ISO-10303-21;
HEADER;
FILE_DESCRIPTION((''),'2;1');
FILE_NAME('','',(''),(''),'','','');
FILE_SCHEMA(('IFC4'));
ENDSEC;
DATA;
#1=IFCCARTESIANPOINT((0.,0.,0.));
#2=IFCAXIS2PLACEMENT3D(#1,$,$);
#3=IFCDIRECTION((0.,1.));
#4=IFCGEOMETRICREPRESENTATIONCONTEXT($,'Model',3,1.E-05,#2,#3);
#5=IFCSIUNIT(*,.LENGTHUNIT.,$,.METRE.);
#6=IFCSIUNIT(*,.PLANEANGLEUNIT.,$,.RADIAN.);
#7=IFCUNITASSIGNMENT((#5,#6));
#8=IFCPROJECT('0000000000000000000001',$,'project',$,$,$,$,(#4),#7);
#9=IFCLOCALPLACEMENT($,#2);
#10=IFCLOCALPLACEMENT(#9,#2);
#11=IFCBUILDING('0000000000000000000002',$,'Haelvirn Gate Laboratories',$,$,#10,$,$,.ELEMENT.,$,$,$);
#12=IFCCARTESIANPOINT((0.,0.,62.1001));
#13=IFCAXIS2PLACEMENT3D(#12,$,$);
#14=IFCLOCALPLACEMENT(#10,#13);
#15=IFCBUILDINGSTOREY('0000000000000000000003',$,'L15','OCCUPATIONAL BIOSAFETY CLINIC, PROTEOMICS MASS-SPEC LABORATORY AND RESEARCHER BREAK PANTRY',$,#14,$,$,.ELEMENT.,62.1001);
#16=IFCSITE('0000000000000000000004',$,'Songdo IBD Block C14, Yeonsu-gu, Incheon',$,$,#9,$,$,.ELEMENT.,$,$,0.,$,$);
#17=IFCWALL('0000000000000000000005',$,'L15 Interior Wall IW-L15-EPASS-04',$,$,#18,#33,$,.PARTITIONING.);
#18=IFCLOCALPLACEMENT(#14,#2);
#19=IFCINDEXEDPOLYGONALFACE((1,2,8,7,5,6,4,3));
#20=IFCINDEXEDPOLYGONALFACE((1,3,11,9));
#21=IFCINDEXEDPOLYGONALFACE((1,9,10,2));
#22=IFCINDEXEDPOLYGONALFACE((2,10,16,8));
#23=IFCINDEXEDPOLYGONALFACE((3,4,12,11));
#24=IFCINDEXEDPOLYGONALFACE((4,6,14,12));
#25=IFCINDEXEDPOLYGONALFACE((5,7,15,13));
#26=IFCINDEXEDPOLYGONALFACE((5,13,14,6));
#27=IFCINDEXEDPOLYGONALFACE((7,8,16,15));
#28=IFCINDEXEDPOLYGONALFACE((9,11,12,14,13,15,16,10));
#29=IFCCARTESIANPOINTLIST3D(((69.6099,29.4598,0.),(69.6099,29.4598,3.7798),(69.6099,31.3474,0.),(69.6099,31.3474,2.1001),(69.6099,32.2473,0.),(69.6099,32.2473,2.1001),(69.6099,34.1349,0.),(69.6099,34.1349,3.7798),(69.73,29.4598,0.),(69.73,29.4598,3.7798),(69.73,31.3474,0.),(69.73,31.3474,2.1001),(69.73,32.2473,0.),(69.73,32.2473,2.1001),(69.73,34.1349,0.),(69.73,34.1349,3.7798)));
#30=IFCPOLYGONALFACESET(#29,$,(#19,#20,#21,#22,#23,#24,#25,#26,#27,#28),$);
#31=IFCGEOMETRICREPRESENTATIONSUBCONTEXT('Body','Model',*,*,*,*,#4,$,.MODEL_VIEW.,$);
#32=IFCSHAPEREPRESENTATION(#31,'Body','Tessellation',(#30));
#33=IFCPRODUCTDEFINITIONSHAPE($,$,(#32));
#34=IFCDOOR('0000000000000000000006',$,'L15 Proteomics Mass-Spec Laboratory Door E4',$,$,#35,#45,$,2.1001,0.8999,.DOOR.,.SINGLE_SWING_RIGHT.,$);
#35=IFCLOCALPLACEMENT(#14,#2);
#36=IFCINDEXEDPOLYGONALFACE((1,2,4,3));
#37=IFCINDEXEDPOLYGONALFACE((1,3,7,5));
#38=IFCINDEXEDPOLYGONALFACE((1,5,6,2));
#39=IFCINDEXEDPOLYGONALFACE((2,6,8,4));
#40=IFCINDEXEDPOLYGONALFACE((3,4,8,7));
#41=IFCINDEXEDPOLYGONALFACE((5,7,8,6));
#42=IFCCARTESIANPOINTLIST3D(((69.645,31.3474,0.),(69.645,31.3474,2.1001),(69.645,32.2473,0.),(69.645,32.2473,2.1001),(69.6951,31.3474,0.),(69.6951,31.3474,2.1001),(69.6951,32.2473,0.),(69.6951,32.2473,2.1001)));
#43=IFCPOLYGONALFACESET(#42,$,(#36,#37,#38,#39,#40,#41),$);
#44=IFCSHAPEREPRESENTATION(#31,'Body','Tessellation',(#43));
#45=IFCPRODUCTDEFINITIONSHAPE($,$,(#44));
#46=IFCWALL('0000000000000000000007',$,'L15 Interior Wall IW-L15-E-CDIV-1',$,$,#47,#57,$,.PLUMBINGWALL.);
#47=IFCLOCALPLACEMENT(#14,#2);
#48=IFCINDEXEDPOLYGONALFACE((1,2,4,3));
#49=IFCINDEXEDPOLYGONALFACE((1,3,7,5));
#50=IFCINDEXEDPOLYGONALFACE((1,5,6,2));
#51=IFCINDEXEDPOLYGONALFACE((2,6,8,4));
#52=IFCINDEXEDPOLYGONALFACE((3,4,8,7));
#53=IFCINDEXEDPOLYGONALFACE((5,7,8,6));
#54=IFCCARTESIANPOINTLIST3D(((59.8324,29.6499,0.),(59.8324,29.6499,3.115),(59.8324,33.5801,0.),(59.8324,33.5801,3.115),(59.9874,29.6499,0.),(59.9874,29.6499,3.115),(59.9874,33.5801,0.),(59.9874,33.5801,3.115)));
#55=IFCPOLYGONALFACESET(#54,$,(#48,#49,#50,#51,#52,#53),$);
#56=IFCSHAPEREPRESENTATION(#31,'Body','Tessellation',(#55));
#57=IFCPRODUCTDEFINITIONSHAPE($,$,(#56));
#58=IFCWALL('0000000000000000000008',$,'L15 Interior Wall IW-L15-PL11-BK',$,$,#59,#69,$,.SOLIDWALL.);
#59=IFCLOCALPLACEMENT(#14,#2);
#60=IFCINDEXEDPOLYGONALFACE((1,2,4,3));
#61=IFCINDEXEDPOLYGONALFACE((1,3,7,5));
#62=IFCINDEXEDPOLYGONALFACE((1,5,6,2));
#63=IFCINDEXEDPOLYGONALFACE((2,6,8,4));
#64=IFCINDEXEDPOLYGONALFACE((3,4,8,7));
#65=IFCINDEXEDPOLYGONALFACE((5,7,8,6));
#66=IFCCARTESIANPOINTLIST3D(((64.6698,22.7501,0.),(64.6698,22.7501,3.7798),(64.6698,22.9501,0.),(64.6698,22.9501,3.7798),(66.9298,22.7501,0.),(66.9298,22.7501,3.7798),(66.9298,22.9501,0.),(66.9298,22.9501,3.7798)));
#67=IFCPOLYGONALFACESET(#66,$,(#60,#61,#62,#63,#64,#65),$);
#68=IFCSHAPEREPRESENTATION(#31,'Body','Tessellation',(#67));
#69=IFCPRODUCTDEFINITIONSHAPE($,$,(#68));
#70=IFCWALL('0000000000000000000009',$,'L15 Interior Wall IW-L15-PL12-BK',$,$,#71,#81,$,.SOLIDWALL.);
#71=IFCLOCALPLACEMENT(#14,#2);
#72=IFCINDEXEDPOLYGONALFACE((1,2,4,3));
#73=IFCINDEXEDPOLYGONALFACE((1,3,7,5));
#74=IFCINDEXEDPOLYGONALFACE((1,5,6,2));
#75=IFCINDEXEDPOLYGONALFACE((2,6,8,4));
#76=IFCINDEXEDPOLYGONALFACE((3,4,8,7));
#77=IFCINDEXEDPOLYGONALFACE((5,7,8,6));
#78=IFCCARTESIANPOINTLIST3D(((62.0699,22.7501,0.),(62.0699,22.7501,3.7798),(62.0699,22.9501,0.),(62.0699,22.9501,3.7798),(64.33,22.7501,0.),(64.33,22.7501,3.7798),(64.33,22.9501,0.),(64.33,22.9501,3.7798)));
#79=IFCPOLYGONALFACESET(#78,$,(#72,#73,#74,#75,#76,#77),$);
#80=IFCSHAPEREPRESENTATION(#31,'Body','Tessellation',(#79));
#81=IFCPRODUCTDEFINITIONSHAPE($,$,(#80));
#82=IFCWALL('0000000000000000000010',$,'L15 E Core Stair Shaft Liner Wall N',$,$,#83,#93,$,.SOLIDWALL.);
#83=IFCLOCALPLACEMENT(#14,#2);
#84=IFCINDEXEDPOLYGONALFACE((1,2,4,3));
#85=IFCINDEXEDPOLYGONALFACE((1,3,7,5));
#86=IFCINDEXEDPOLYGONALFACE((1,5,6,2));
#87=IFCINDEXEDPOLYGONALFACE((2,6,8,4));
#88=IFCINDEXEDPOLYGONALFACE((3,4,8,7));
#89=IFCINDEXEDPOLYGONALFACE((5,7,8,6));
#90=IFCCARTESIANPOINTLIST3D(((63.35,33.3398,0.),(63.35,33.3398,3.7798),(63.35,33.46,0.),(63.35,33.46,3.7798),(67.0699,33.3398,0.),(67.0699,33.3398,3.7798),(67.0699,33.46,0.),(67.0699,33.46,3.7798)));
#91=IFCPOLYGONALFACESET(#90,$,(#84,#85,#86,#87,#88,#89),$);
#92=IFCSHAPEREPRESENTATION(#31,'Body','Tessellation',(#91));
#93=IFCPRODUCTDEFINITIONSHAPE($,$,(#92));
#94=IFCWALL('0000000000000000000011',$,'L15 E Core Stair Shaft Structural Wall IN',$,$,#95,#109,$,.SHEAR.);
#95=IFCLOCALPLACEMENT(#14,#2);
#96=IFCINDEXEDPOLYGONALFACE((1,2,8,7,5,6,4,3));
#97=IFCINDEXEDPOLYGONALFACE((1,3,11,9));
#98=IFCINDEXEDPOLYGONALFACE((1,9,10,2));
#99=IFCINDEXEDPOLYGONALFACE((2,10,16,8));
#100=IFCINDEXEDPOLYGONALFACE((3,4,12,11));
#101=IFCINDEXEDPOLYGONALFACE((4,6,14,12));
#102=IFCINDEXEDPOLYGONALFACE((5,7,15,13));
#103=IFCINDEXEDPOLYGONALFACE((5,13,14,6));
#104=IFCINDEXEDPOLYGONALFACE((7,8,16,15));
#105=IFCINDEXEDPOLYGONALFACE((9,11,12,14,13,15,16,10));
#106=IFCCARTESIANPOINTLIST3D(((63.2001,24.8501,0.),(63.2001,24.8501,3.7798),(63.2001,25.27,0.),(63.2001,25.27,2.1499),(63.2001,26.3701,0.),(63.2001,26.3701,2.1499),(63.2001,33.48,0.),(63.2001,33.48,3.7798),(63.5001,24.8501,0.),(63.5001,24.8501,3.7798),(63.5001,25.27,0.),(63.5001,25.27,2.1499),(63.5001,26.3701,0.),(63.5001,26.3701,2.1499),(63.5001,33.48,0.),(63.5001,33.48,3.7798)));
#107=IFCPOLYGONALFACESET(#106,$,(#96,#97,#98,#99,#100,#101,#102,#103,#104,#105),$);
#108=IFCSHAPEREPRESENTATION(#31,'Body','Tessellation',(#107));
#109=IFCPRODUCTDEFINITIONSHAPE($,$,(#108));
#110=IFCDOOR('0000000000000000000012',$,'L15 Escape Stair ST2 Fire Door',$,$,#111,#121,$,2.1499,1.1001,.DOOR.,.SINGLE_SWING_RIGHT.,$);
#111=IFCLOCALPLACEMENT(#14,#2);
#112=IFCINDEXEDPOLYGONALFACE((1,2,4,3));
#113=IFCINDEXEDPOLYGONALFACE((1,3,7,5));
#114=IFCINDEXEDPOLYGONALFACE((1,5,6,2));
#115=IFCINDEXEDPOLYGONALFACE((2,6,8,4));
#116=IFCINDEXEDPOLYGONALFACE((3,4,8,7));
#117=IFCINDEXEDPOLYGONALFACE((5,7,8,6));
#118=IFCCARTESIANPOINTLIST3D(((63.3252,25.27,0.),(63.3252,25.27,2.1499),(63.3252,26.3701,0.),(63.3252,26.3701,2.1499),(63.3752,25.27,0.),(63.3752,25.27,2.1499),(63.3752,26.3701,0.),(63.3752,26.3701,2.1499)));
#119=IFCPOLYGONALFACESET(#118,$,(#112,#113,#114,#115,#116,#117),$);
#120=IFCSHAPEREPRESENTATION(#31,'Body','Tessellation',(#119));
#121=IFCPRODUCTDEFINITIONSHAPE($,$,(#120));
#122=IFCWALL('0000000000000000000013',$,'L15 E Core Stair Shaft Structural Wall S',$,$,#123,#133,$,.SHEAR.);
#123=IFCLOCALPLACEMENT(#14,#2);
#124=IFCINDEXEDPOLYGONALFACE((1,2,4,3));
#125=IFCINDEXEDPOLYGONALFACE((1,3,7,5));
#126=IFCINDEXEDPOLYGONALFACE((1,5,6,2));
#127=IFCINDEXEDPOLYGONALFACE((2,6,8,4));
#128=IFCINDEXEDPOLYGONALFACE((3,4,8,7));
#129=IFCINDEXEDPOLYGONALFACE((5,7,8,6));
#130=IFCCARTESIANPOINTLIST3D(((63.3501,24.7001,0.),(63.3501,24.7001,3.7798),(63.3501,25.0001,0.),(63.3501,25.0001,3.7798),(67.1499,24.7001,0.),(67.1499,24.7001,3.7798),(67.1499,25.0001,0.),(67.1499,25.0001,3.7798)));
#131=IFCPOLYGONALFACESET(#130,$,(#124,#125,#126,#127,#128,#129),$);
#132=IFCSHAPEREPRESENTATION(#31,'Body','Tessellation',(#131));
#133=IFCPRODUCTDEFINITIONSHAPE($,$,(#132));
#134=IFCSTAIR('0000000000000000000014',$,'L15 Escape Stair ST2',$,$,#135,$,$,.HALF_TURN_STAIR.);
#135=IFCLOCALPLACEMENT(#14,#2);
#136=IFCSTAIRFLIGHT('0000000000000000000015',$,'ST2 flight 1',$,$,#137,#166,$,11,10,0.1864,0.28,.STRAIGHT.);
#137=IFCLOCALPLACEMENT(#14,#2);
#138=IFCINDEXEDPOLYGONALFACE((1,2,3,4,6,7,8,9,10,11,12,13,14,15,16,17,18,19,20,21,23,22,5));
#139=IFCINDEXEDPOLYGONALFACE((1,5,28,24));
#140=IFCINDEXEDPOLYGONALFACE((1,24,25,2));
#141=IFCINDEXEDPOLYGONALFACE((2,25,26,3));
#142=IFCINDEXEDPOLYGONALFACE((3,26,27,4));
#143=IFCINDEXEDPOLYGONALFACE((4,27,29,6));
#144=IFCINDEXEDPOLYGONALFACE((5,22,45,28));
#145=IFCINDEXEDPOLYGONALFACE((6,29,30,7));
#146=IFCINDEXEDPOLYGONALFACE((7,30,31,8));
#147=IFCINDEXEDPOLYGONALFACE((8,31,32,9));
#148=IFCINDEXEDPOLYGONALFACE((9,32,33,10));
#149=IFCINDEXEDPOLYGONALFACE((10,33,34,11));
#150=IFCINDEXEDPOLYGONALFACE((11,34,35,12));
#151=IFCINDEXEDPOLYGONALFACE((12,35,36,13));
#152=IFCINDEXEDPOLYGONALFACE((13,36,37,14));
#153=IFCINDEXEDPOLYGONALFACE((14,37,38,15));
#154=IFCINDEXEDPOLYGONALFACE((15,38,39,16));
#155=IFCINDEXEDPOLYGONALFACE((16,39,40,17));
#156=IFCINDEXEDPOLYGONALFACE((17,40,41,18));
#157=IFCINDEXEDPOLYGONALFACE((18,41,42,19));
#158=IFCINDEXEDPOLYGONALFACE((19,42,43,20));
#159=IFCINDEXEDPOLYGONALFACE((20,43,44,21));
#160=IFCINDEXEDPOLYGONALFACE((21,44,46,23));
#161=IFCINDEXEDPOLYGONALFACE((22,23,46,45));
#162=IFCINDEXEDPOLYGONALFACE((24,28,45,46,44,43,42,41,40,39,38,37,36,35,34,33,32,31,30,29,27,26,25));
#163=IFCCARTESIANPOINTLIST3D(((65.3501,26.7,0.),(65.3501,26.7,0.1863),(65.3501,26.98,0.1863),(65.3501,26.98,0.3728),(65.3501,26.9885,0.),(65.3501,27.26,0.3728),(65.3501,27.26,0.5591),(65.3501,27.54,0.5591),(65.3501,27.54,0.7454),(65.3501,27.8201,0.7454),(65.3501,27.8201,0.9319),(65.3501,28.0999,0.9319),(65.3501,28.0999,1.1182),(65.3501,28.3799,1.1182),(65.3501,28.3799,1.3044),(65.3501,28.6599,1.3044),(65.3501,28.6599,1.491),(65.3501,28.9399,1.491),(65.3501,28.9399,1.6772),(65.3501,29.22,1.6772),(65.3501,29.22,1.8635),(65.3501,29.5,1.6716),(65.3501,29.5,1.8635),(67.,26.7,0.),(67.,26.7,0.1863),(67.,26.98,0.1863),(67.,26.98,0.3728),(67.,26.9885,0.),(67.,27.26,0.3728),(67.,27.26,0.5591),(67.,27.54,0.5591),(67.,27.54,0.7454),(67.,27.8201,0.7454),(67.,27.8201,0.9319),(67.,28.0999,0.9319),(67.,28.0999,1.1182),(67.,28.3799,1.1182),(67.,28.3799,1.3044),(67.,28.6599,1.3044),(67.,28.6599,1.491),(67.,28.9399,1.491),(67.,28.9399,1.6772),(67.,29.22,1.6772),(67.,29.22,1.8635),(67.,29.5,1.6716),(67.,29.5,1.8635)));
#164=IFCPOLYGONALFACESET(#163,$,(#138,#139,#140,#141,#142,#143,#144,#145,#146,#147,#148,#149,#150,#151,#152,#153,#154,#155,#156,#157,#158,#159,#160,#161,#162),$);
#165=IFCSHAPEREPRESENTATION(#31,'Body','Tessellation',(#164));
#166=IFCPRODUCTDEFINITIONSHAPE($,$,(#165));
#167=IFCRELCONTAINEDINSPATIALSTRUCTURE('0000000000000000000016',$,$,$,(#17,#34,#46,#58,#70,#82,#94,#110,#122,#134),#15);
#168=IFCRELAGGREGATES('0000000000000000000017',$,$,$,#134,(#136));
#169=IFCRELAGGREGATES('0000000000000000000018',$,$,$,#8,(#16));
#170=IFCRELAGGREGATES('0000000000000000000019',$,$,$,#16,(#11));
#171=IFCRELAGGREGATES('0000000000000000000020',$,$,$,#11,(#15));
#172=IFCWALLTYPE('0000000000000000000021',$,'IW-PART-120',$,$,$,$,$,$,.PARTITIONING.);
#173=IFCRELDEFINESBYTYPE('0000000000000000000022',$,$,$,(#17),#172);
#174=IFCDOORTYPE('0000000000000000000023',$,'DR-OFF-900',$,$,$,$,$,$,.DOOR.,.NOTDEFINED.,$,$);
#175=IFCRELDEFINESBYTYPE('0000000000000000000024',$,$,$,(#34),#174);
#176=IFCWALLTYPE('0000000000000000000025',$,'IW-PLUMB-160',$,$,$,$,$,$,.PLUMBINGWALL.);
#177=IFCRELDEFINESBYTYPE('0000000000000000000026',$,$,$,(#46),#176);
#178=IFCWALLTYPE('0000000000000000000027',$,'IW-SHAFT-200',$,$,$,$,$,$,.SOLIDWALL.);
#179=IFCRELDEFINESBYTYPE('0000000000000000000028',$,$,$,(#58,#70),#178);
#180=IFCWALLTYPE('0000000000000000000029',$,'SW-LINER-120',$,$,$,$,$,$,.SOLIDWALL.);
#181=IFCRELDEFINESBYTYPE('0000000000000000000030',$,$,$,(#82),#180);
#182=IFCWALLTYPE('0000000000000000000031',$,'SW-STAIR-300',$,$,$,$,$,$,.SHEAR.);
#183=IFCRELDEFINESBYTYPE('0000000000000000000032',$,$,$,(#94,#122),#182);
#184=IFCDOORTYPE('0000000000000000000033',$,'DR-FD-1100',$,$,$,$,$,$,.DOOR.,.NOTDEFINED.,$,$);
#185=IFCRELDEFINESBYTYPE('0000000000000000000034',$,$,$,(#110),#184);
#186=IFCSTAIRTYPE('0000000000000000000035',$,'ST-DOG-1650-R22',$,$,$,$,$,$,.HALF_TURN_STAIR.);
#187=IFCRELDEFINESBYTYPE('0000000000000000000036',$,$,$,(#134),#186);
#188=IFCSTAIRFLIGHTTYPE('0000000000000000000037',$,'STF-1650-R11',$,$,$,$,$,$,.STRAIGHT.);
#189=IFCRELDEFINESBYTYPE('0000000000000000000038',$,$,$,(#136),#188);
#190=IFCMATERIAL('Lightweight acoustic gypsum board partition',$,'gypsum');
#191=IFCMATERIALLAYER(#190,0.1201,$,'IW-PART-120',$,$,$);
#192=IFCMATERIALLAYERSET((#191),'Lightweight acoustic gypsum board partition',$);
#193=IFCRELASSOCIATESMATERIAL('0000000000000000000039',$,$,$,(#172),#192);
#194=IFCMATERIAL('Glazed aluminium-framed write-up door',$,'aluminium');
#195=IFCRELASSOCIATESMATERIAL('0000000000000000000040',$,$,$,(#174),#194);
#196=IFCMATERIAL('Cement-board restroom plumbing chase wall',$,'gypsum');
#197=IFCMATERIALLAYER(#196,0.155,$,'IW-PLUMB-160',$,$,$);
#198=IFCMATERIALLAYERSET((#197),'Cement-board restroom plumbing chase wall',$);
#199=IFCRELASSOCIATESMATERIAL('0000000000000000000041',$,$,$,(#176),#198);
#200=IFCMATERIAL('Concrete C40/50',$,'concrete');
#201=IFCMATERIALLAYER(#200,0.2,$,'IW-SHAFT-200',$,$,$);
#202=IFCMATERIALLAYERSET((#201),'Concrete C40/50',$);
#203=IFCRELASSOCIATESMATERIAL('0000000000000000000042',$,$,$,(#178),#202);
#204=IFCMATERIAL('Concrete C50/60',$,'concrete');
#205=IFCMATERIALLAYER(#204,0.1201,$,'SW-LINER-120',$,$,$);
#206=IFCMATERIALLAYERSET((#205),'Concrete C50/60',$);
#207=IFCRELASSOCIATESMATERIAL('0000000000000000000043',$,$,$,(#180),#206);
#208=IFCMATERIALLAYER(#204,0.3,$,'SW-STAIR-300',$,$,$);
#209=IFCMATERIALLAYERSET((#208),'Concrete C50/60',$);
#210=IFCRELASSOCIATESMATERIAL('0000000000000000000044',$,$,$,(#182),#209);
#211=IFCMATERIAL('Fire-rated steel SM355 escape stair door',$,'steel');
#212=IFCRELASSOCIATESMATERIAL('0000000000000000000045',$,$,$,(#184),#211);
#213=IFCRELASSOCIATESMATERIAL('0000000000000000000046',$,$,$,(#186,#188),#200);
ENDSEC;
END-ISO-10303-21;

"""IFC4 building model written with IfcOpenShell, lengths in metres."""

from ifc_helpers import new_model, si_unit, direction, frame, frame_2d, origin, place, context, subcontext, project, spatial, polyline, rectangle, outline, extrude, source, transform, mapped, material, layer, layer_set, type_object, type_shapes, element, fill, aggregate, save


model = new_model("IFC4")

# Units and contexts
model_context = context("Model", 3, precision=1e-05, world=origin(), true_north=direction((0.0, 1.0)))
body_context = subcontext(model_context, "Body", "Model", "MODEL_VIEW")
ifc_project = project(units=[si_unit("LENGTHUNIT", "METRE"), si_unit("PLANEANGLEUNIT", "RADIAN")], contexts=[model_context])

# Site, building, storey
site_placement = place(None, origin())
site = spatial("IfcSite", under=ifc_project, at=site_placement, Name="Songdo IBD Block C14, Yeonsu-gu, Incheon", CompositionType="ELEMENT", RefElevation=0.0)
building_placement = place(site_placement, origin())
building = spatial("IfcBuilding", under=site, at=building_placement, Name="Haelvirn Gate Laboratories", CompositionType="ELEMENT")
storey_placement = place(building_placement, frame((0.0, 0.0, 62.1001)))
storey = spatial("IfcBuildingStorey", under=building, at=storey_placement, Name="L15", Description="OCCUPATIONAL BIOSAFETY CLINIC, PROTEOMICS MASS-SPEC LABORATORY AND RESEARCHER BREAK PANTRY", CompositionType="ELEMENT", Elevation=62.1001)

# Shared definitions
ifc_material_1 = material(Name="Lightweight acoustic gypsum board partition", Category="gypsum")
ifc_layer_1 = layer(ifc_material_1, 0.1201, Name="IW-PART-120")
ifc_layer_set_1 = layer_set([ifc_layer_1], Name="Lightweight acoustic gypsum board partition")
wall_type_1 = type_object("IfcWallType", Name="IW-PART-120", PredefinedType="PARTITIONING", material=ifc_layer_set_1)

# Shared definitions
ifc_material_2 = material(Name="Glazed aluminium-framed write-up door", Category="aluminium")
door_type_1 = type_object("IfcDoorType", Name="DR-OFF-900", OperationType="NOTDEFINED", PredefinedType="DOOR", material=ifc_material_2)
shared_shape_1 = source(origin(), body_context, "Body", "SweptSolid", [
    extrude(rectangle(XDim=0.8999, YDim=2.1001, at=frame_2d((0.45, 1.05))), frame((0.0, 0.0249, 0.0), z_axis=(0.0, -1.0, 0.0), x_axis=(1.0, 0.0, 0.0)), (0.0, 0.0, 1.0), 0.05),
])
type_shapes(door_type_1, [shared_shape_1])

# Wall, opening, door
wall_1_placement = place(storey_placement, frame((69.6699, 29.46, 0.0), z_axis=(0.0, 0.0, 1.0), x_axis=(0.0, 1.0, 0.0)))
wall_1 = element("IfcWall", 1, at=wall_1_placement, inside=storey, type_object=wall_type_1, Name="L15 Interior Wall IW-L15-EPASS-04", PredefinedType="PARTITIONING", context=body_context, shape_type="SweptSolid", body=[
    extrude(rectangle(XDim=4.675, YDim=0.1201, at=frame_2d((2.3374, 0.0))), origin(), (0.0, 0.0, 1.0), 3.7798),
])
opening_1_placement = place(wall_1_placement, frame((1.8875, 0.0, 0.0)))
opening_1 = element("IfcOpeningElement", 2, at=opening_1_placement, cuts=wall_1, PredefinedType="OPENING", context=body_context, shape_type="SweptSolid", body=[
    extrude(rectangle(XDim=0.8999, YDim=2.1001, at=frame_2d((0.45, 1.05))), frame((0.0, 0.0701, 0.0), z_axis=(0.0, -1.0, 0.0), x_axis=(1.0, 0.0, 0.0)), (0.0, 0.0, 1.0), 0.1401),
])
door_1_placement = place(opening_1_placement, origin())
door_1 = element("IfcDoor", 3, at=door_1_placement, inside=storey, type_object=door_type_1, Name="L15 Proteomics Mass-Spec Laboratory Door E4", OperationType="SINGLE_SWING_RIGHT", OverallHeight=2.1001, OverallWidth=0.8999, PredefinedType="DOOR", context=body_context, shape_type="MappedRepresentation", body=[
    mapped(shared_shape_1, transform((0.0, 0.0, 0.0), scale=1.0)),
])
fill(opening_1, door_1)

# Walls
ifc_material_3 = material(Name="Cement-board restroom plumbing chase wall", Category="gypsum")
ifc_layer_2 = layer(ifc_material_3, 0.155, Name="IW-PLUMB-160")
ifc_layer_set_2 = layer_set([ifc_layer_2], Name="Cement-board restroom plumbing chase wall")
wall_type_2 = type_object("IfcWallType", Name="IW-PLUMB-160", PredefinedType="PLUMBINGWALL", material=ifc_layer_set_2)
wall_2_placement = place(storey_placement, frame((59.9099, 29.6499, 0.0), z_axis=(0.0, 0.0, 1.0), x_axis=(0.0, 1.0, 0.0)))
element("IfcWall", 4, at=wall_2_placement, inside=storey, type_object=wall_type_2, Name="L15 Interior Wall IW-L15-E-CDIV-1", PredefinedType="PLUMBINGWALL", context=body_context, shape_type="SweptSolid", body=[
    extrude(rectangle(XDim=3.9302, YDim=0.155, at=frame_2d((1.9651, 0.0))), origin(), (0.0, 0.0, 1.0), 3.115),
])
ifc_material_4 = material(Name="Concrete C40/50", Category="concrete")
ifc_layer_3 = layer(ifc_material_4, 0.2, Name="IW-SHAFT-200")
ifc_layer_set_3 = layer_set([ifc_layer_3], Name="Concrete C40/50")
wall_type_3 = type_object("IfcWallType", Name="IW-SHAFT-200", PredefinedType="SOLIDWALL", material=ifc_layer_set_3)
for number, where, z_axis, x_axis, name in (
    (5, (64.6699, 22.8501, 0.0), (0.0, 0.0, 1.0), (1.0, 0.0, 0.0), "L15 Interior Wall IW-L15-PL11-BK"),
    (6, (62.0701, 22.8501, 0.0), (0.0, 0.0, 1.0), (1.0, 0.0, 0.0), "L15 Interior Wall IW-L15-PL12-BK"),
):
    element("IfcWall", number, at=place(storey_placement, frame(where, z_axis=z_axis, x_axis=x_axis)), inside=storey, type_object=wall_type_3, Name=name, PredefinedType="SOLIDWALL", context=body_context, shape_type="SweptSolid", body=[
        extrude(rectangle(XDim=2.26, YDim=0.2, at=frame_2d((1.1299, 0.0))), origin(), (0.0, 0.0, 1.0), 3.7798),
    ])
ifc_material_5 = material(Name="Concrete C50/60", Category="concrete")
ifc_layer_4 = layer(ifc_material_5, 0.1201, Name="SW-LINER-120")
ifc_layer_set_4 = layer_set([ifc_layer_4], Name="Concrete C50/60")
wall_type_4 = type_object("IfcWallType", Name="SW-LINER-120", PredefinedType="SOLIDWALL", material=ifc_layer_set_4)
wall_3_placement = place(storey_placement, frame((63.3501, 33.3999, 0.0), z_axis=(0.0, 0.0, 1.0), x_axis=(1.0, 0.0, 0.0)))
element("IfcWall", 7, at=wall_3_placement, inside=storey, type_object=wall_type_4, Name="L15 E Core Stair Shaft Liner Wall N", PredefinedType="SOLIDWALL", context=body_context, shape_type="SweptSolid", body=[
    extrude(rectangle(XDim=3.72, YDim=0.1201, at=frame_2d((1.8599, 0.0))), origin(), (0.0, 0.0, 1.0), 3.7798),
])

# Wall, opening, door
ifc_layer_5 = layer(ifc_material_5, 0.3, Name="SW-STAIR-300")
ifc_layer_set_5 = layer_set([ifc_layer_5], Name="Concrete C50/60")
wall_type_5 = type_object("IfcWallType", Name="SW-STAIR-300", PredefinedType="SHEAR", material=ifc_layer_set_5)
wall_4_placement = place(storey_placement, frame((63.3501, 24.8501, 0.0), z_axis=(0.0, 0.0, 1.0), x_axis=(0.0, 1.0, 0.0)))
wall_4 = element("IfcWall", 8, at=wall_4_placement, inside=storey, type_object=wall_type_5, Name="L15 E Core Stair Shaft Structural Wall IN", PredefinedType="SHEAR", context=body_context, shape_type="SweptSolid", body=[
    extrude(rectangle(XDim=8.6299, YDim=0.3, at=frame_2d((4.3149, 0.0))), origin(), (0.0, 0.0, 1.0), 3.7798),
])
opening_2_placement = place(wall_4_placement, frame((0.4199, 0.0, 0.0)))
opening_2 = element("IfcOpeningElement", 9, at=opening_2_placement, cuts=wall_4, PredefinedType="OPENING", context=body_context, shape_type="SweptSolid", body=[
    extrude(rectangle(XDim=1.1001, YDim=2.1499, at=frame_2d((0.55, 1.075))), frame((0.0, 0.1602, 0.0), z_axis=(0.0, -1.0, 0.0), x_axis=(1.0, 0.0, 0.0)), (0.0, 0.0, 1.0), 0.3201),
])
ifc_material_6 = material(Name="Fire-rated steel SM355 escape stair door", Category="steel")
door_type_2 = type_object("IfcDoorType", Name="DR-FD-1100", OperationType="NOTDEFINED", PredefinedType="DOOR", material=ifc_material_6)
shared_shape_2 = source(origin(), body_context, "Body", "SweptSolid", [
    extrude(rectangle(XDim=1.1001, YDim=2.1499, at=frame_2d((0.55, 1.075))), frame((0.0, 0.0249, 0.0), z_axis=(0.0, -1.0, 0.0), x_axis=(1.0, 0.0, 0.0)), (0.0, 0.0, 1.0), 0.05),
])
type_shapes(door_type_2, [shared_shape_2])
door_2_placement = place(opening_2_placement, origin())
door_2 = element("IfcDoor", 10, at=door_2_placement, inside=storey, type_object=door_type_2, Name="L15 Escape Stair ST2 Fire Door", OperationType="SINGLE_SWING_RIGHT", OverallHeight=2.1499, OverallWidth=1.1001, PredefinedType="DOOR", context=body_context, shape_type="MappedRepresentation", body=[
    mapped(shared_shape_2, transform((0.0, 0.0, 0.0), scale=1.0)),
])
fill(opening_2, door_2)

# Wall
wall_5_placement = place(storey_placement, frame((63.3501, 24.8501, 0.0), z_axis=(0.0, 0.0, 1.0), x_axis=(1.0, 0.0, 0.0)))
element("IfcWall", 11, at=wall_5_placement, inside=storey, type_object=wall_type_5, Name="L15 E Core Stair Shaft Structural Wall S", PredefinedType="SHEAR", context=body_context, shape_type="SweptSolid", body=[
    extrude(rectangle(XDim=3.7998, YDim=0.3, at=frame_2d((1.8999, 0.0))), origin(), (0.0, 0.0, 1.0), 3.7798),
])

# Stair, stair flight
stair_type = type_object("IfcStairType", Name="ST-DOG-1650-R22", PredefinedType="HALF_TURN_STAIR", material=ifc_material_4)
stair_placement = place(storey_placement, origin())
stair = element("IfcStair", 12, at=stair_placement, inside=storey, type_object=stair_type, Name="L15 Escape Stair ST2", PredefinedType="HALF_TURN_STAIR")
stair_flight_type = type_object("IfcStairFlightType", Name="STF-1650-R11", PredefinedType="STRAIGHT", material=ifc_material_4)
shared_shape_3 = source(origin(), body_context, "Body", "SweptSolid", [
    extrude(outline(polyline([(0.0, 0.0), (0.0, 0.1863), (0.28, 0.1863), (0.28, 0.3728), (0.5601, 0.3728), (0.5601, 0.5591), (0.8401, 0.5591), (0.8401, 0.7454), (1.1201, 0.7454), (1.1201, 0.9319), (1.3999, 0.9319), (1.3999, 1.1182), (1.6799, 1.1182), (1.6799, 1.3044), (1.96, 1.3044), (1.96, 1.491), (2.24, 1.491), (2.24, 1.6772), (2.52, 1.6772), (2.52, 1.8635), (2.8, 1.8635), (2.8, 2.05), (2.8, 1.6716), (0.2886, 0.0), (0.0, 0.0)])), frame((0.0, 0.825, 0.0), z_axis=(0.0, -1.0, 0.0), x_axis=(1.0, 0.0, 0.0)), (0.0, 0.0, 1.0), 1.6499),
])
type_shapes(stair_flight_type, [shared_shape_3])
stair_flight_1_placement = place(storey_placement, frame((66.175, 26.7, 0.0), z_axis=(0.0, 0.0, 1.0), x_axis=(0.0, 1.0, 0.0)))
stair_flight_1 = element("IfcStairFlight", 13, at=stair_flight_1_placement, type_object=stair_flight_type, Name="ST2 flight 1", NumberOfRisers=11, NumberOfTreads=10, PredefinedType="STRAIGHT", RiserHeight=0.1864, TreadLength=0.28, context=body_context, shape_type="MappedRepresentation", body=[
    mapped(shared_shape_3, transform((0.0, 0.0, 0.0), scale=1.0)),
])
aggregate(stair, [stair_flight_1])

save(model, "model.ifc")
